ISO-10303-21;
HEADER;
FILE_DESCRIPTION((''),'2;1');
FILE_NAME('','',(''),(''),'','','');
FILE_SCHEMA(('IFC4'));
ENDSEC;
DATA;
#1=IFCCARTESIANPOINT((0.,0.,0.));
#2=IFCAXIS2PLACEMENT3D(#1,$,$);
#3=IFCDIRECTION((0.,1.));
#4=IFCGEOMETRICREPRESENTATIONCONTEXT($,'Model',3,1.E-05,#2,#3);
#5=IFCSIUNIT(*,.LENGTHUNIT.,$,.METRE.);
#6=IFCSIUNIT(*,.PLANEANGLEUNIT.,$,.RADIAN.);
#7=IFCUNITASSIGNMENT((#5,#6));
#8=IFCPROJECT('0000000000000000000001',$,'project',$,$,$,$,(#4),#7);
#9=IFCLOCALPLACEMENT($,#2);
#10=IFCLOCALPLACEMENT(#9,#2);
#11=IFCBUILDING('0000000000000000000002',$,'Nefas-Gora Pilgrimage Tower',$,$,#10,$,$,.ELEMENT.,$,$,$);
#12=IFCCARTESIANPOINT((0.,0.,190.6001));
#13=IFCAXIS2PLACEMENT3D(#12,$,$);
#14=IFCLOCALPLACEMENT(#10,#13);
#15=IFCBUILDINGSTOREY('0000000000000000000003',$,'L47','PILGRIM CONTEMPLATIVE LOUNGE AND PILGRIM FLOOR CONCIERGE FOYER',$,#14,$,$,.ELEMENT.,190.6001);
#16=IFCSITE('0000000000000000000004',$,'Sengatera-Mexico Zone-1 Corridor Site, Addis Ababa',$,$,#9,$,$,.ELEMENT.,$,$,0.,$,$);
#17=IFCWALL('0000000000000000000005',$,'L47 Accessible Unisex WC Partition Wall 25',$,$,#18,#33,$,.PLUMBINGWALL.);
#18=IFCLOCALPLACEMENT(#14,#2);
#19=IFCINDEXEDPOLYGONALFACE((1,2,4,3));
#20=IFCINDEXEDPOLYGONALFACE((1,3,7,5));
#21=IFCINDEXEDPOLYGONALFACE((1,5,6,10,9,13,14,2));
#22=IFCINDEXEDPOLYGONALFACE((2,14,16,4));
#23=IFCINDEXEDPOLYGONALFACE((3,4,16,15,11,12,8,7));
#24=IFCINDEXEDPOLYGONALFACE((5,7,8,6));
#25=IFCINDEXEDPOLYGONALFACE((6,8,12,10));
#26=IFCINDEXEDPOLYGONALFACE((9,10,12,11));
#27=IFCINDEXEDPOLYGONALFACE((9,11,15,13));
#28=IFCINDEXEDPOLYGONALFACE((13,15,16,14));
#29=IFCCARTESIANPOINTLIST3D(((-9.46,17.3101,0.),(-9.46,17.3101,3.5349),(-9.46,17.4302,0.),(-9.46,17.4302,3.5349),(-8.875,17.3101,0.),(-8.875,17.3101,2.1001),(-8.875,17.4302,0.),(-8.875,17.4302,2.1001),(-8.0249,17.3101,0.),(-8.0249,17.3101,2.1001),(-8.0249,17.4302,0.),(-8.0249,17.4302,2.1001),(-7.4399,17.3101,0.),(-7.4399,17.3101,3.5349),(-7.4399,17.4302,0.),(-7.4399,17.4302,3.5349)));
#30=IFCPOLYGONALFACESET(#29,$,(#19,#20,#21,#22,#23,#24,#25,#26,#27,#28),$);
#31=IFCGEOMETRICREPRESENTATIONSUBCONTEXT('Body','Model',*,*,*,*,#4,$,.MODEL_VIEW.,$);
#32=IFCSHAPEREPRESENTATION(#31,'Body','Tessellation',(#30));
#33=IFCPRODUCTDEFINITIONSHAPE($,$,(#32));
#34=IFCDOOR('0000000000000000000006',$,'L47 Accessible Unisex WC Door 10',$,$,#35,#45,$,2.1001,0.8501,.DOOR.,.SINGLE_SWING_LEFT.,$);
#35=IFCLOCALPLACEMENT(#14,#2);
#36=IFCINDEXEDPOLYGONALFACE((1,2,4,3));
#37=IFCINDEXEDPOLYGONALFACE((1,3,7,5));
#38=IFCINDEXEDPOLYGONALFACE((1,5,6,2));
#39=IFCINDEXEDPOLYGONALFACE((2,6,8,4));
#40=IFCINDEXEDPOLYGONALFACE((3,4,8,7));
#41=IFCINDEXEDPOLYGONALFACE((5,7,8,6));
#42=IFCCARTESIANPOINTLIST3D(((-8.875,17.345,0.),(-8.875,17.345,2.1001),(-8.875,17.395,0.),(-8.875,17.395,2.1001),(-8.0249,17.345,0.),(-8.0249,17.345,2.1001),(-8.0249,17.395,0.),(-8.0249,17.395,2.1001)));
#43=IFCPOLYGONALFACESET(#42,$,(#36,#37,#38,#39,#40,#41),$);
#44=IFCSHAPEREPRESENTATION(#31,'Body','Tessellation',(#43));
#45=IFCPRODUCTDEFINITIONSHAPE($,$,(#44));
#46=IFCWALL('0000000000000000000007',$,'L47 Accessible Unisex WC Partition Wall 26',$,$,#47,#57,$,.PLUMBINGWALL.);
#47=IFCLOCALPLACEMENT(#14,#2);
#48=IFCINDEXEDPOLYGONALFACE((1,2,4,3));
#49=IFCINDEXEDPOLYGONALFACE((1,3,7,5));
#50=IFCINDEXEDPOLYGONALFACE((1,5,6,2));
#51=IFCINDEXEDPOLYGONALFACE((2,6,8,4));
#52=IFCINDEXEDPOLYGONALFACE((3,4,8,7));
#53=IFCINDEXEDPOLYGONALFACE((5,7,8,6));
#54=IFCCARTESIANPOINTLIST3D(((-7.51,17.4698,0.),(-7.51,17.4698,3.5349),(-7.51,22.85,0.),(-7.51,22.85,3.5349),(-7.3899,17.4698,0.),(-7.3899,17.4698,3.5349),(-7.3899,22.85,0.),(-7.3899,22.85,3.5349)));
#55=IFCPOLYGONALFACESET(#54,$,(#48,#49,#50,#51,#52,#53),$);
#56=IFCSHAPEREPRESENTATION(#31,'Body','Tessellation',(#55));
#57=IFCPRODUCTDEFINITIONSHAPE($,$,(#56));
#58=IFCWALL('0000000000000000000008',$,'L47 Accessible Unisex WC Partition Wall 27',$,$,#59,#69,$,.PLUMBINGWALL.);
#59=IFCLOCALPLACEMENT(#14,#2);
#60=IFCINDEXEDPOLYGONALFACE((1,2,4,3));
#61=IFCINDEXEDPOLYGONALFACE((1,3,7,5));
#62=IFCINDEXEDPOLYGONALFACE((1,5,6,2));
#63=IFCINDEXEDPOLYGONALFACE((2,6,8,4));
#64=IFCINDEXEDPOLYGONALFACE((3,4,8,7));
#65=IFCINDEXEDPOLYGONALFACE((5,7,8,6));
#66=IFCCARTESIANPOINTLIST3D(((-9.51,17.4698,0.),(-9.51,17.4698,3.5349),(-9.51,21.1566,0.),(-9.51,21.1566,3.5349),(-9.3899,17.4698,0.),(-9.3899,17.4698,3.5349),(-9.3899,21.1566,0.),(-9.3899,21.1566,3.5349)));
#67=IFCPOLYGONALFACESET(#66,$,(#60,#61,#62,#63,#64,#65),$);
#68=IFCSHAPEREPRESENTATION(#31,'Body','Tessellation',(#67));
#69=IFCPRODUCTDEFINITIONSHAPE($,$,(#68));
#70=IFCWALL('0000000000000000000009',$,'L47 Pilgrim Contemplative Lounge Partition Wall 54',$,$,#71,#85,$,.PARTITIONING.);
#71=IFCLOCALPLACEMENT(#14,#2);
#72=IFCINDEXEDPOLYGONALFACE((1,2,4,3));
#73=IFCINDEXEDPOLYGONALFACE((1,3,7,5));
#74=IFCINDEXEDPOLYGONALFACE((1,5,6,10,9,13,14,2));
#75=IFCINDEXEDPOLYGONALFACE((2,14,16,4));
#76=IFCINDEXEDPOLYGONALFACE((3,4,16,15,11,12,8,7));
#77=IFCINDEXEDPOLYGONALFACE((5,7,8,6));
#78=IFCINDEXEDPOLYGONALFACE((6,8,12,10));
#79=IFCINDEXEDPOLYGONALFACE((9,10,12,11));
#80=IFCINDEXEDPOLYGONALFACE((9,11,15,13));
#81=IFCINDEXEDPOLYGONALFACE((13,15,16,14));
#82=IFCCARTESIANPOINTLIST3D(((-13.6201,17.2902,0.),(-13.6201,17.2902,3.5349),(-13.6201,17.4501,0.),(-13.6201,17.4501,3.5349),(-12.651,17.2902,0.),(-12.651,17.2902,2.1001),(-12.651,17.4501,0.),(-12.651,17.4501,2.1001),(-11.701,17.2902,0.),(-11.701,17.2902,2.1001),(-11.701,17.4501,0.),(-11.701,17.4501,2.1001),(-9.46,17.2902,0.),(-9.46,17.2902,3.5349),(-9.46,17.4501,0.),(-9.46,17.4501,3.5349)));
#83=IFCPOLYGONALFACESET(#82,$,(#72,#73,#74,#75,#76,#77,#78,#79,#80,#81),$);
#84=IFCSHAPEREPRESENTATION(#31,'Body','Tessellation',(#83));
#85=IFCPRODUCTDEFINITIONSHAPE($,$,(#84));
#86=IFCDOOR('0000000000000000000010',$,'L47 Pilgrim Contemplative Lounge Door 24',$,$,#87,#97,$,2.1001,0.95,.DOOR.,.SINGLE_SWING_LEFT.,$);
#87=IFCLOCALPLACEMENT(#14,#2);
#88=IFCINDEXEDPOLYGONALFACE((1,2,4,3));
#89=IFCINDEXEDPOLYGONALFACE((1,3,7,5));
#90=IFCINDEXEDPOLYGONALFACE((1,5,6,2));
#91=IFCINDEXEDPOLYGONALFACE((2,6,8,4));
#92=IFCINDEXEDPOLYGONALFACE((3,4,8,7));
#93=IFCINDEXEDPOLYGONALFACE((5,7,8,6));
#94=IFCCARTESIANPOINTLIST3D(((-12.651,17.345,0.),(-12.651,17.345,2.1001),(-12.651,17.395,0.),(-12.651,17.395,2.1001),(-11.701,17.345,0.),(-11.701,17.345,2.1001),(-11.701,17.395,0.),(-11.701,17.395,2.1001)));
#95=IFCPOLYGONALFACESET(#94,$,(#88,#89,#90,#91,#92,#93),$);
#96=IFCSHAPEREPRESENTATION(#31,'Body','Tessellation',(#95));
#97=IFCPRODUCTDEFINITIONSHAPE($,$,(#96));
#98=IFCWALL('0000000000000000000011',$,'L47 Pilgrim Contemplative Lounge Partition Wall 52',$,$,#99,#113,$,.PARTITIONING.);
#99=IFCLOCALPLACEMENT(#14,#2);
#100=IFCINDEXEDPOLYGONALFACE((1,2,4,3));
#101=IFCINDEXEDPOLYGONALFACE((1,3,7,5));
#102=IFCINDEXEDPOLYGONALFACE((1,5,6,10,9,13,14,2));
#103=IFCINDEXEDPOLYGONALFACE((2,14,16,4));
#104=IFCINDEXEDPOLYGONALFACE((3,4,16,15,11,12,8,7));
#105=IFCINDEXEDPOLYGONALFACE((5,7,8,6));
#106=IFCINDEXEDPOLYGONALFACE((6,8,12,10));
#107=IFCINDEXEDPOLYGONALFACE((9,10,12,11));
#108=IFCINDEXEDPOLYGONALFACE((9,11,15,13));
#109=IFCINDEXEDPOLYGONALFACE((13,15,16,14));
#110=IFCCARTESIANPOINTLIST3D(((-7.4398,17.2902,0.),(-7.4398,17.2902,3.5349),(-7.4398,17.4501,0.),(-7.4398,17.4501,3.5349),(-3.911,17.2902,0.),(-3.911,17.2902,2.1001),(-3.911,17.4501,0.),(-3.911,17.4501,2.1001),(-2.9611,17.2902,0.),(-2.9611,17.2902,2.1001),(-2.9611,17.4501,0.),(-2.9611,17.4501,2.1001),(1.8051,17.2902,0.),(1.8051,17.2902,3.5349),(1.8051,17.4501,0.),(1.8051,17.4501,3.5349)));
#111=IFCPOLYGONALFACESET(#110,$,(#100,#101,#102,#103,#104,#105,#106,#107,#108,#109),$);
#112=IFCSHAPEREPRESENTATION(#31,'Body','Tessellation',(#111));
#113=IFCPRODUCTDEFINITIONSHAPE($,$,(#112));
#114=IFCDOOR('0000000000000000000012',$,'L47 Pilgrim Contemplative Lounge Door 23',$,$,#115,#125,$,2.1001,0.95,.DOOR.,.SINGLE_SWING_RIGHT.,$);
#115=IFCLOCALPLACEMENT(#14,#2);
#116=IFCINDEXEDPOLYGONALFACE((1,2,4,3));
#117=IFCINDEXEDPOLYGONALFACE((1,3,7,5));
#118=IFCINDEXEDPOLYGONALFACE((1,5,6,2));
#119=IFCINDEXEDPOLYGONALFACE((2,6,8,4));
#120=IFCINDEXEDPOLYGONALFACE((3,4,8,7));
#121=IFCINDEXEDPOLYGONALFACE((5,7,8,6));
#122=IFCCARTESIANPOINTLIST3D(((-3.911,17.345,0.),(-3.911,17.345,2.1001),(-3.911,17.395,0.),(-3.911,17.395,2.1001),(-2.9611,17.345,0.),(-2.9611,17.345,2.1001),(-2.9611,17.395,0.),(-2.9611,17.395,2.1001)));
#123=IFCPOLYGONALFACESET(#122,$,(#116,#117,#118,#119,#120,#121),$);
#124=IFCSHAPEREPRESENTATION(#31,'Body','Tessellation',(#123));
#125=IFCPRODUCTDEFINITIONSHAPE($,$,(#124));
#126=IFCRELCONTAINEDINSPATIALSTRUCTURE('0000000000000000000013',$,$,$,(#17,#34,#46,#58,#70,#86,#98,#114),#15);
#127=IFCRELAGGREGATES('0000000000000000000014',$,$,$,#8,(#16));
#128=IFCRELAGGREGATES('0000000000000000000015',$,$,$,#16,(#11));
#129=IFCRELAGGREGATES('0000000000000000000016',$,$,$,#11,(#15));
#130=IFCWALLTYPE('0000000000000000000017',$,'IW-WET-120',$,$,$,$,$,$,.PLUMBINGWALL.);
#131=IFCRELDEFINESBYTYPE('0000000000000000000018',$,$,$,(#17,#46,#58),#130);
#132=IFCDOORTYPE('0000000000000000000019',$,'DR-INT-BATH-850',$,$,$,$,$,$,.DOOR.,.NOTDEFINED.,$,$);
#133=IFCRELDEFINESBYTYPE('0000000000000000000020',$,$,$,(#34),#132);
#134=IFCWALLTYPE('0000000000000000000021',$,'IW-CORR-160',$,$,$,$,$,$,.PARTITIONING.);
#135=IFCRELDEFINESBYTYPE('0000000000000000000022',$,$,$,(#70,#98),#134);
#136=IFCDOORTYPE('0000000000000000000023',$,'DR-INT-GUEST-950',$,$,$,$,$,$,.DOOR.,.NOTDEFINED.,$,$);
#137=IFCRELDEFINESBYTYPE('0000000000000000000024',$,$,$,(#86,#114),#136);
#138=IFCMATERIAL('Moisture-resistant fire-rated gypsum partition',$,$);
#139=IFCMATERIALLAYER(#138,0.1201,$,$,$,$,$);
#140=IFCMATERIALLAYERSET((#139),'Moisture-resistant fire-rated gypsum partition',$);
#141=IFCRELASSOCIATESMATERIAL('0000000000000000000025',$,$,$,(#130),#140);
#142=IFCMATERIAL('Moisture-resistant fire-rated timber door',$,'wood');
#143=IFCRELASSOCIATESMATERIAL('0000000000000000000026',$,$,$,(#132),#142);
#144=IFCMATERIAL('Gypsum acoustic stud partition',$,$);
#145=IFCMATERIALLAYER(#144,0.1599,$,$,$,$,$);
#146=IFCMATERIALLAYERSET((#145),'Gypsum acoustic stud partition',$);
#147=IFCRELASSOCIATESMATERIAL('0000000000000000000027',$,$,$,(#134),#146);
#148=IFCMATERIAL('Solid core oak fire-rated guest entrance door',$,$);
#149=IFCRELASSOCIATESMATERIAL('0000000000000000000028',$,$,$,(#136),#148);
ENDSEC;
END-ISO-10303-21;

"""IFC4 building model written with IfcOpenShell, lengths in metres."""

from ifc_helpers import new_model, si_unit, direction, frame, frame_2d, origin, place, context, subcontext, project, spatial, rectangle, extrude, source, transform, mapped, material, layer, layer_set, type_object, element, fill, save


model = new_model("IFC4")

# Units and contexts
model_context = context("Model", 3, precision=1e-05, world=origin(), true_north=direction((0.0, 1.0)))
body_context = subcontext(model_context, "Body", "Model", "MODEL_VIEW")
ifc_project = project(units=[si_unit("LENGTHUNIT", "METRE"), si_unit("PLANEANGLEUNIT", "RADIAN")], contexts=[model_context])

# Site, building, storey
site_placement = place(None, origin())
site = spatial("IfcSite", under=ifc_project, at=site_placement, Name="Sengatera-Mexico Zone-1 Corridor Site, Addis Ababa", CompositionType="ELEMENT", RefElevation=0.0)
building_placement = place(site_placement, origin())
building = spatial("IfcBuilding", under=site, at=building_placement, Name="Nefas-Gora Pilgrimage Tower", CompositionType="ELEMENT")
storey_placement = place(building_placement, frame((0.0, 0.0, 190.6001)))
storey = spatial("IfcBuildingStorey", under=building, at=storey_placement, Name="L47", Description="PILGRIM CONTEMPLATIVE LOUNGE AND PILGRIM FLOOR CONCIERGE FOYER", CompositionType="ELEMENT", Elevation=190.6001)

# Wall, opening, door
ifc_material_1 = material(Name="Moisture-resistant fire-rated gypsum partition")
ifc_layer_1 = layer(ifc_material_1, 0.1201)
ifc_layer_set_1 = layer_set([ifc_layer_1], Name="Moisture-resistant fire-rated gypsum partition")
wall_type_1 = type_object("IfcWallType", Name="IW-WET-120", PredefinedType="PLUMBINGWALL", material=ifc_layer_set_1)
shared_shape_1 = source(origin(), body_context, "Body", "SweptSolid", [
    extrude(rectangle(XDim=2.02, YDim=0.1201, at=frame_2d((1.01, 0.0))), origin(), (0.0, 0.0, 1.0), 3.5349),
])
wall_1_placement = place(storey_placement, frame((-9.46, 17.3701, 0.0), z_axis=(0.0, 0.0, 1.0), x_axis=(1.0, 0.0, 0.0)))
wall_1 = element("IfcWall", 1, at=wall_1_placement, inside=storey, type_object=wall_type_1, Name="L47 Accessible Unisex WC Partition Wall 25", PredefinedType="PLUMBINGWALL", context=body_context, shape_type="MappedRepresentation", body=[
    mapped(shared_shape_1, transform((0.0, 0.0, 0.0), x_axis=(1.0, 0.0, 0.0), y_axis=(0.0, 1.0, 0.0), z_axis=(0.0, 0.0, 1.0), scale=1.0)),
])
opening_1_placement = place(wall_1_placement, frame((0.585, 0.0, 0.0)))
opening_1 = element("IfcOpeningElement", 2, at=opening_1_placement, cuts=wall_1, PredefinedType="OPENING", context=body_context, shape_type="SweptSolid", body=[
    extrude(rectangle(XDim=0.8501, YDim=2.1001, at=frame_2d((0.425, 1.05))), frame((0.0, 0.0701, 0.0), z_axis=(0.0, -1.0, 0.0), x_axis=(1.0, 0.0, 0.0)), (0.0, 0.0, 1.0), 0.1401),
])
ifc_material_2 = material(Name="Moisture-resistant fire-rated timber door", Category="wood")
door_type_1 = type_object("IfcDoorType", Name="DR-INT-BATH-850", OperationType="NOTDEFINED", PredefinedType="DOOR", material=ifc_material_2)
shared_shape_2 = source(origin(), body_context, "Body", "SweptSolid", [
    extrude(rectangle(XDim=0.8501, YDim=2.1001, at=frame_2d((0.425, 1.05))), frame((0.0, 0.0249, 0.0), z_axis=(0.0, -1.0, 0.0), x_axis=(1.0, 0.0, 0.0)), (0.0, 0.0, 1.0), 0.05),
])
door_1_placement = place(opening_1_placement, origin())
door_1 = element("IfcDoor", 3, at=door_1_placement, inside=storey, type_object=door_type_1, Name="L47 Accessible Unisex WC Door 10", OperationType="SINGLE_SWING_LEFT", OverallHeight=2.1001, OverallWidth=0.8501, PredefinedType="DOOR", context=body_context, shape_type="MappedRepresentation", body=[
    mapped(shared_shape_2, transform((0.0, 0.0, 0.0), x_axis=(1.0, 0.0, 0.0), y_axis=(0.0, 1.0, 0.0), z_axis=(0.0, 0.0, 1.0), scale=1.0)),
])
fill(opening_1, door_1)

# Walls
shared_shape_3 = source(origin(), body_context, "Body", "SweptSolid", [
    extrude(rectangle(XDim=5.3801, YDim=0.1201, at=frame_2d((2.6899, 0.0))), origin(), (0.0, 0.0, 1.0), 3.5349),
])
wall_2_placement = place(storey_placement, frame((-7.45, 17.47, 0.0), z_axis=(0.0, 0.0, 1.0), x_axis=(0.0, 1.0, 0.0)))
element("IfcWall", 4, at=wall_2_placement, inside=storey, type_object=wall_type_1, Name="L47 Accessible Unisex WC Partition Wall 26", PredefinedType="PLUMBINGWALL", context=body_context, shape_type="MappedRepresentation", body=[
    mapped(shared_shape_3, transform((0.0, 0.0, 0.0), x_axis=(1.0, 0.0, 0.0), y_axis=(0.0, 1.0, 0.0), z_axis=(0.0, 0.0, 1.0), scale=1.0)),
])
shared_shape_4 = source(origin(), body_context, "Body", "SweptSolid", [
    extrude(rectangle(XDim=3.6868, YDim=0.1201, at=frame_2d((1.8433, 0.0))), origin(), (0.0, 0.0, 1.0), 3.5349),
])
wall_3_placement = place(storey_placement, frame((-9.45, 17.47, 0.0), z_axis=(0.0, 0.0, 1.0), x_axis=(0.0, 1.0, 0.0)))
element("IfcWall", 5, at=wall_3_placement, inside=storey, type_object=wall_type_1, Name="L47 Accessible Unisex WC Partition Wall 27", PredefinedType="PLUMBINGWALL", context=body_context, shape_type="MappedRepresentation", body=[
    mapped(shared_shape_4, transform((0.0, 0.0, 0.0), x_axis=(1.0, 0.0, 0.0), y_axis=(0.0, 1.0, 0.0), z_axis=(0.0, 0.0, 1.0), scale=1.0)),
])

# Walls, openings, doors
ifc_material_3 = material(Name="Gypsum acoustic stud partition")
ifc_layer_2 = layer(ifc_material_3, 0.1599)
ifc_layer_set_2 = layer_set([ifc_layer_2], Name="Gypsum acoustic stud partition")
wall_type_2 = type_object("IfcWallType", Name="IW-CORR-160", PredefinedType="PARTITIONING", material=ifc_layer_set_2)
shared_shape_5 = source(origin(), body_context, "Body", "SweptSolid", [
    extrude(rectangle(XDim=4.1602, YDim=0.1599, at=frame_2d((2.0801, 0.0))), origin(), (0.0, 0.0, 1.0), 3.5349),
])
wall_4_placement = place(storey_placement, frame((-13.6201, 17.3701, 0.0), z_axis=(0.0, 0.0, 1.0), x_axis=(1.0, 0.0, 0.0)))
wall_4 = element("IfcWall", 6, at=wall_4_placement, inside=storey, type_object=wall_type_2, Name="L47 Pilgrim Contemplative Lounge Partition Wall 54", PredefinedType="PARTITIONING", context=body_context, shape_type="MappedRepresentation", body=[
    mapped(shared_shape_5, transform((0.0, 0.0, 0.0), x_axis=(1.0, 0.0, 0.0), y_axis=(0.0, 1.0, 0.0), z_axis=(0.0, 0.0, 1.0), scale=1.0)),
])
opening_2_placement = place(wall_4_placement, frame((0.969, 0.0, 0.0)))
opening_2 = element("IfcOpeningElement", 7, at=opening_2_placement, cuts=wall_4, PredefinedType="OPENING", context=body_context, shape_type="SweptSolid", body=[
    extrude(rectangle(XDim=0.95, YDim=2.1001, at=frame_2d((0.4751, 1.05))), frame((0.0, 0.0898, 0.0), z_axis=(0.0, -1.0, 0.0), x_axis=(1.0, 0.0, 0.0)), (0.0, 0.0, 1.0), 0.1799),
])
ifc_material_4 = material(Name="Solid core oak fire-rated guest entrance door")
door_type_2 = type_object("IfcDoorType", Name="DR-INT-GUEST-950", OperationType="NOTDEFINED", PredefinedType="DOOR", material=ifc_material_4)
shared_shape_6 = source(origin(), body_context, "Body", "SweptSolid", [
    extrude(rectangle(XDim=0.95, YDim=2.1001, at=frame_2d((0.4751, 1.05))), frame((0.0, 0.0249, 0.0), z_axis=(0.0, -1.0, 0.0), x_axis=(1.0, 0.0, 0.0)), (0.0, 0.0, 1.0), 0.05),
])
door_2_placement = place(opening_2_placement, origin())
door_2 = element("IfcDoor", 8, at=door_2_placement, inside=storey, type_object=door_type_2, Name="L47 Pilgrim Contemplative Lounge Door 24", OperationType="SINGLE_SWING_LEFT", OverallHeight=2.1001, OverallWidth=0.95, PredefinedType="DOOR", context=body_context, shape_type="MappedRepresentation", body=[
    mapped(shared_shape_6, transform((0.0, 0.0, 0.0), x_axis=(1.0, 0.0, 0.0), y_axis=(0.0, 1.0, 0.0), z_axis=(0.0, 0.0, 1.0), scale=1.0)),
])
fill(opening_2, door_2)
shared_shape_7 = source(origin(), body_context, "Body", "SweptSolid", [
    extrude(rectangle(XDim=9.2449, YDim=0.1599, at=frame_2d((4.6226, 0.0))), origin(), (0.0, 0.0, 1.0), 3.5349),
])
wall_5_placement = place(storey_placement, frame((-7.4399, 17.3701, 0.0), z_axis=(0.0, 0.0, 1.0), x_axis=(1.0, 0.0, 0.0)))
wall_5 = element("IfcWall", 9, at=wall_5_placement, inside=storey, type_object=wall_type_2, Name="L47 Pilgrim Contemplative Lounge Partition Wall 52", PredefinedType="PARTITIONING", context=body_context, shape_type="MappedRepresentation", body=[
    mapped(shared_shape_7, transform((0.0, 0.0, 0.0), x_axis=(1.0, 0.0, 0.0), y_axis=(0.0, 1.0, 0.0), z_axis=(0.0, 0.0, 1.0), scale=1.0)),
])
opening_3_placement = place(wall_5_placement, frame((3.5288, 0.0, 0.0)))
opening_3 = element("IfcOpeningElement", 10, at=opening_3_placement, cuts=wall_5, PredefinedType="OPENING", context=body_context, shape_type="SweptSolid", body=[
    extrude(rectangle(XDim=0.95, YDim=2.1001, at=frame_2d((0.4751, 1.05))), frame((0.0, 0.0898, 0.0), z_axis=(0.0, -1.0, 0.0), x_axis=(1.0, 0.0, 0.0)), (0.0, 0.0, 1.0), 0.1799),
])
door_3_placement = place(opening_3_placement, origin())
door_3 = element("IfcDoor", 11, at=door_3_placement, inside=storey, type_object=door_type_2, Name="L47 Pilgrim Contemplative Lounge Door 23", OperationType="SINGLE_SWING_RIGHT", OverallHeight=2.1001, OverallWidth=0.95, PredefinedType="DOOR", context=body_context, shape_type="MappedRepresentation", body=[
    mapped(shared_shape_6, transform((0.0, 0.0, 0.0), x_axis=(1.0, 0.0, 0.0), y_axis=(0.0, 1.0, 0.0), z_axis=(0.0, 0.0, 1.0), scale=1.0)),
])
fill(opening_3, door_3)

save(model, "model.ifc")
